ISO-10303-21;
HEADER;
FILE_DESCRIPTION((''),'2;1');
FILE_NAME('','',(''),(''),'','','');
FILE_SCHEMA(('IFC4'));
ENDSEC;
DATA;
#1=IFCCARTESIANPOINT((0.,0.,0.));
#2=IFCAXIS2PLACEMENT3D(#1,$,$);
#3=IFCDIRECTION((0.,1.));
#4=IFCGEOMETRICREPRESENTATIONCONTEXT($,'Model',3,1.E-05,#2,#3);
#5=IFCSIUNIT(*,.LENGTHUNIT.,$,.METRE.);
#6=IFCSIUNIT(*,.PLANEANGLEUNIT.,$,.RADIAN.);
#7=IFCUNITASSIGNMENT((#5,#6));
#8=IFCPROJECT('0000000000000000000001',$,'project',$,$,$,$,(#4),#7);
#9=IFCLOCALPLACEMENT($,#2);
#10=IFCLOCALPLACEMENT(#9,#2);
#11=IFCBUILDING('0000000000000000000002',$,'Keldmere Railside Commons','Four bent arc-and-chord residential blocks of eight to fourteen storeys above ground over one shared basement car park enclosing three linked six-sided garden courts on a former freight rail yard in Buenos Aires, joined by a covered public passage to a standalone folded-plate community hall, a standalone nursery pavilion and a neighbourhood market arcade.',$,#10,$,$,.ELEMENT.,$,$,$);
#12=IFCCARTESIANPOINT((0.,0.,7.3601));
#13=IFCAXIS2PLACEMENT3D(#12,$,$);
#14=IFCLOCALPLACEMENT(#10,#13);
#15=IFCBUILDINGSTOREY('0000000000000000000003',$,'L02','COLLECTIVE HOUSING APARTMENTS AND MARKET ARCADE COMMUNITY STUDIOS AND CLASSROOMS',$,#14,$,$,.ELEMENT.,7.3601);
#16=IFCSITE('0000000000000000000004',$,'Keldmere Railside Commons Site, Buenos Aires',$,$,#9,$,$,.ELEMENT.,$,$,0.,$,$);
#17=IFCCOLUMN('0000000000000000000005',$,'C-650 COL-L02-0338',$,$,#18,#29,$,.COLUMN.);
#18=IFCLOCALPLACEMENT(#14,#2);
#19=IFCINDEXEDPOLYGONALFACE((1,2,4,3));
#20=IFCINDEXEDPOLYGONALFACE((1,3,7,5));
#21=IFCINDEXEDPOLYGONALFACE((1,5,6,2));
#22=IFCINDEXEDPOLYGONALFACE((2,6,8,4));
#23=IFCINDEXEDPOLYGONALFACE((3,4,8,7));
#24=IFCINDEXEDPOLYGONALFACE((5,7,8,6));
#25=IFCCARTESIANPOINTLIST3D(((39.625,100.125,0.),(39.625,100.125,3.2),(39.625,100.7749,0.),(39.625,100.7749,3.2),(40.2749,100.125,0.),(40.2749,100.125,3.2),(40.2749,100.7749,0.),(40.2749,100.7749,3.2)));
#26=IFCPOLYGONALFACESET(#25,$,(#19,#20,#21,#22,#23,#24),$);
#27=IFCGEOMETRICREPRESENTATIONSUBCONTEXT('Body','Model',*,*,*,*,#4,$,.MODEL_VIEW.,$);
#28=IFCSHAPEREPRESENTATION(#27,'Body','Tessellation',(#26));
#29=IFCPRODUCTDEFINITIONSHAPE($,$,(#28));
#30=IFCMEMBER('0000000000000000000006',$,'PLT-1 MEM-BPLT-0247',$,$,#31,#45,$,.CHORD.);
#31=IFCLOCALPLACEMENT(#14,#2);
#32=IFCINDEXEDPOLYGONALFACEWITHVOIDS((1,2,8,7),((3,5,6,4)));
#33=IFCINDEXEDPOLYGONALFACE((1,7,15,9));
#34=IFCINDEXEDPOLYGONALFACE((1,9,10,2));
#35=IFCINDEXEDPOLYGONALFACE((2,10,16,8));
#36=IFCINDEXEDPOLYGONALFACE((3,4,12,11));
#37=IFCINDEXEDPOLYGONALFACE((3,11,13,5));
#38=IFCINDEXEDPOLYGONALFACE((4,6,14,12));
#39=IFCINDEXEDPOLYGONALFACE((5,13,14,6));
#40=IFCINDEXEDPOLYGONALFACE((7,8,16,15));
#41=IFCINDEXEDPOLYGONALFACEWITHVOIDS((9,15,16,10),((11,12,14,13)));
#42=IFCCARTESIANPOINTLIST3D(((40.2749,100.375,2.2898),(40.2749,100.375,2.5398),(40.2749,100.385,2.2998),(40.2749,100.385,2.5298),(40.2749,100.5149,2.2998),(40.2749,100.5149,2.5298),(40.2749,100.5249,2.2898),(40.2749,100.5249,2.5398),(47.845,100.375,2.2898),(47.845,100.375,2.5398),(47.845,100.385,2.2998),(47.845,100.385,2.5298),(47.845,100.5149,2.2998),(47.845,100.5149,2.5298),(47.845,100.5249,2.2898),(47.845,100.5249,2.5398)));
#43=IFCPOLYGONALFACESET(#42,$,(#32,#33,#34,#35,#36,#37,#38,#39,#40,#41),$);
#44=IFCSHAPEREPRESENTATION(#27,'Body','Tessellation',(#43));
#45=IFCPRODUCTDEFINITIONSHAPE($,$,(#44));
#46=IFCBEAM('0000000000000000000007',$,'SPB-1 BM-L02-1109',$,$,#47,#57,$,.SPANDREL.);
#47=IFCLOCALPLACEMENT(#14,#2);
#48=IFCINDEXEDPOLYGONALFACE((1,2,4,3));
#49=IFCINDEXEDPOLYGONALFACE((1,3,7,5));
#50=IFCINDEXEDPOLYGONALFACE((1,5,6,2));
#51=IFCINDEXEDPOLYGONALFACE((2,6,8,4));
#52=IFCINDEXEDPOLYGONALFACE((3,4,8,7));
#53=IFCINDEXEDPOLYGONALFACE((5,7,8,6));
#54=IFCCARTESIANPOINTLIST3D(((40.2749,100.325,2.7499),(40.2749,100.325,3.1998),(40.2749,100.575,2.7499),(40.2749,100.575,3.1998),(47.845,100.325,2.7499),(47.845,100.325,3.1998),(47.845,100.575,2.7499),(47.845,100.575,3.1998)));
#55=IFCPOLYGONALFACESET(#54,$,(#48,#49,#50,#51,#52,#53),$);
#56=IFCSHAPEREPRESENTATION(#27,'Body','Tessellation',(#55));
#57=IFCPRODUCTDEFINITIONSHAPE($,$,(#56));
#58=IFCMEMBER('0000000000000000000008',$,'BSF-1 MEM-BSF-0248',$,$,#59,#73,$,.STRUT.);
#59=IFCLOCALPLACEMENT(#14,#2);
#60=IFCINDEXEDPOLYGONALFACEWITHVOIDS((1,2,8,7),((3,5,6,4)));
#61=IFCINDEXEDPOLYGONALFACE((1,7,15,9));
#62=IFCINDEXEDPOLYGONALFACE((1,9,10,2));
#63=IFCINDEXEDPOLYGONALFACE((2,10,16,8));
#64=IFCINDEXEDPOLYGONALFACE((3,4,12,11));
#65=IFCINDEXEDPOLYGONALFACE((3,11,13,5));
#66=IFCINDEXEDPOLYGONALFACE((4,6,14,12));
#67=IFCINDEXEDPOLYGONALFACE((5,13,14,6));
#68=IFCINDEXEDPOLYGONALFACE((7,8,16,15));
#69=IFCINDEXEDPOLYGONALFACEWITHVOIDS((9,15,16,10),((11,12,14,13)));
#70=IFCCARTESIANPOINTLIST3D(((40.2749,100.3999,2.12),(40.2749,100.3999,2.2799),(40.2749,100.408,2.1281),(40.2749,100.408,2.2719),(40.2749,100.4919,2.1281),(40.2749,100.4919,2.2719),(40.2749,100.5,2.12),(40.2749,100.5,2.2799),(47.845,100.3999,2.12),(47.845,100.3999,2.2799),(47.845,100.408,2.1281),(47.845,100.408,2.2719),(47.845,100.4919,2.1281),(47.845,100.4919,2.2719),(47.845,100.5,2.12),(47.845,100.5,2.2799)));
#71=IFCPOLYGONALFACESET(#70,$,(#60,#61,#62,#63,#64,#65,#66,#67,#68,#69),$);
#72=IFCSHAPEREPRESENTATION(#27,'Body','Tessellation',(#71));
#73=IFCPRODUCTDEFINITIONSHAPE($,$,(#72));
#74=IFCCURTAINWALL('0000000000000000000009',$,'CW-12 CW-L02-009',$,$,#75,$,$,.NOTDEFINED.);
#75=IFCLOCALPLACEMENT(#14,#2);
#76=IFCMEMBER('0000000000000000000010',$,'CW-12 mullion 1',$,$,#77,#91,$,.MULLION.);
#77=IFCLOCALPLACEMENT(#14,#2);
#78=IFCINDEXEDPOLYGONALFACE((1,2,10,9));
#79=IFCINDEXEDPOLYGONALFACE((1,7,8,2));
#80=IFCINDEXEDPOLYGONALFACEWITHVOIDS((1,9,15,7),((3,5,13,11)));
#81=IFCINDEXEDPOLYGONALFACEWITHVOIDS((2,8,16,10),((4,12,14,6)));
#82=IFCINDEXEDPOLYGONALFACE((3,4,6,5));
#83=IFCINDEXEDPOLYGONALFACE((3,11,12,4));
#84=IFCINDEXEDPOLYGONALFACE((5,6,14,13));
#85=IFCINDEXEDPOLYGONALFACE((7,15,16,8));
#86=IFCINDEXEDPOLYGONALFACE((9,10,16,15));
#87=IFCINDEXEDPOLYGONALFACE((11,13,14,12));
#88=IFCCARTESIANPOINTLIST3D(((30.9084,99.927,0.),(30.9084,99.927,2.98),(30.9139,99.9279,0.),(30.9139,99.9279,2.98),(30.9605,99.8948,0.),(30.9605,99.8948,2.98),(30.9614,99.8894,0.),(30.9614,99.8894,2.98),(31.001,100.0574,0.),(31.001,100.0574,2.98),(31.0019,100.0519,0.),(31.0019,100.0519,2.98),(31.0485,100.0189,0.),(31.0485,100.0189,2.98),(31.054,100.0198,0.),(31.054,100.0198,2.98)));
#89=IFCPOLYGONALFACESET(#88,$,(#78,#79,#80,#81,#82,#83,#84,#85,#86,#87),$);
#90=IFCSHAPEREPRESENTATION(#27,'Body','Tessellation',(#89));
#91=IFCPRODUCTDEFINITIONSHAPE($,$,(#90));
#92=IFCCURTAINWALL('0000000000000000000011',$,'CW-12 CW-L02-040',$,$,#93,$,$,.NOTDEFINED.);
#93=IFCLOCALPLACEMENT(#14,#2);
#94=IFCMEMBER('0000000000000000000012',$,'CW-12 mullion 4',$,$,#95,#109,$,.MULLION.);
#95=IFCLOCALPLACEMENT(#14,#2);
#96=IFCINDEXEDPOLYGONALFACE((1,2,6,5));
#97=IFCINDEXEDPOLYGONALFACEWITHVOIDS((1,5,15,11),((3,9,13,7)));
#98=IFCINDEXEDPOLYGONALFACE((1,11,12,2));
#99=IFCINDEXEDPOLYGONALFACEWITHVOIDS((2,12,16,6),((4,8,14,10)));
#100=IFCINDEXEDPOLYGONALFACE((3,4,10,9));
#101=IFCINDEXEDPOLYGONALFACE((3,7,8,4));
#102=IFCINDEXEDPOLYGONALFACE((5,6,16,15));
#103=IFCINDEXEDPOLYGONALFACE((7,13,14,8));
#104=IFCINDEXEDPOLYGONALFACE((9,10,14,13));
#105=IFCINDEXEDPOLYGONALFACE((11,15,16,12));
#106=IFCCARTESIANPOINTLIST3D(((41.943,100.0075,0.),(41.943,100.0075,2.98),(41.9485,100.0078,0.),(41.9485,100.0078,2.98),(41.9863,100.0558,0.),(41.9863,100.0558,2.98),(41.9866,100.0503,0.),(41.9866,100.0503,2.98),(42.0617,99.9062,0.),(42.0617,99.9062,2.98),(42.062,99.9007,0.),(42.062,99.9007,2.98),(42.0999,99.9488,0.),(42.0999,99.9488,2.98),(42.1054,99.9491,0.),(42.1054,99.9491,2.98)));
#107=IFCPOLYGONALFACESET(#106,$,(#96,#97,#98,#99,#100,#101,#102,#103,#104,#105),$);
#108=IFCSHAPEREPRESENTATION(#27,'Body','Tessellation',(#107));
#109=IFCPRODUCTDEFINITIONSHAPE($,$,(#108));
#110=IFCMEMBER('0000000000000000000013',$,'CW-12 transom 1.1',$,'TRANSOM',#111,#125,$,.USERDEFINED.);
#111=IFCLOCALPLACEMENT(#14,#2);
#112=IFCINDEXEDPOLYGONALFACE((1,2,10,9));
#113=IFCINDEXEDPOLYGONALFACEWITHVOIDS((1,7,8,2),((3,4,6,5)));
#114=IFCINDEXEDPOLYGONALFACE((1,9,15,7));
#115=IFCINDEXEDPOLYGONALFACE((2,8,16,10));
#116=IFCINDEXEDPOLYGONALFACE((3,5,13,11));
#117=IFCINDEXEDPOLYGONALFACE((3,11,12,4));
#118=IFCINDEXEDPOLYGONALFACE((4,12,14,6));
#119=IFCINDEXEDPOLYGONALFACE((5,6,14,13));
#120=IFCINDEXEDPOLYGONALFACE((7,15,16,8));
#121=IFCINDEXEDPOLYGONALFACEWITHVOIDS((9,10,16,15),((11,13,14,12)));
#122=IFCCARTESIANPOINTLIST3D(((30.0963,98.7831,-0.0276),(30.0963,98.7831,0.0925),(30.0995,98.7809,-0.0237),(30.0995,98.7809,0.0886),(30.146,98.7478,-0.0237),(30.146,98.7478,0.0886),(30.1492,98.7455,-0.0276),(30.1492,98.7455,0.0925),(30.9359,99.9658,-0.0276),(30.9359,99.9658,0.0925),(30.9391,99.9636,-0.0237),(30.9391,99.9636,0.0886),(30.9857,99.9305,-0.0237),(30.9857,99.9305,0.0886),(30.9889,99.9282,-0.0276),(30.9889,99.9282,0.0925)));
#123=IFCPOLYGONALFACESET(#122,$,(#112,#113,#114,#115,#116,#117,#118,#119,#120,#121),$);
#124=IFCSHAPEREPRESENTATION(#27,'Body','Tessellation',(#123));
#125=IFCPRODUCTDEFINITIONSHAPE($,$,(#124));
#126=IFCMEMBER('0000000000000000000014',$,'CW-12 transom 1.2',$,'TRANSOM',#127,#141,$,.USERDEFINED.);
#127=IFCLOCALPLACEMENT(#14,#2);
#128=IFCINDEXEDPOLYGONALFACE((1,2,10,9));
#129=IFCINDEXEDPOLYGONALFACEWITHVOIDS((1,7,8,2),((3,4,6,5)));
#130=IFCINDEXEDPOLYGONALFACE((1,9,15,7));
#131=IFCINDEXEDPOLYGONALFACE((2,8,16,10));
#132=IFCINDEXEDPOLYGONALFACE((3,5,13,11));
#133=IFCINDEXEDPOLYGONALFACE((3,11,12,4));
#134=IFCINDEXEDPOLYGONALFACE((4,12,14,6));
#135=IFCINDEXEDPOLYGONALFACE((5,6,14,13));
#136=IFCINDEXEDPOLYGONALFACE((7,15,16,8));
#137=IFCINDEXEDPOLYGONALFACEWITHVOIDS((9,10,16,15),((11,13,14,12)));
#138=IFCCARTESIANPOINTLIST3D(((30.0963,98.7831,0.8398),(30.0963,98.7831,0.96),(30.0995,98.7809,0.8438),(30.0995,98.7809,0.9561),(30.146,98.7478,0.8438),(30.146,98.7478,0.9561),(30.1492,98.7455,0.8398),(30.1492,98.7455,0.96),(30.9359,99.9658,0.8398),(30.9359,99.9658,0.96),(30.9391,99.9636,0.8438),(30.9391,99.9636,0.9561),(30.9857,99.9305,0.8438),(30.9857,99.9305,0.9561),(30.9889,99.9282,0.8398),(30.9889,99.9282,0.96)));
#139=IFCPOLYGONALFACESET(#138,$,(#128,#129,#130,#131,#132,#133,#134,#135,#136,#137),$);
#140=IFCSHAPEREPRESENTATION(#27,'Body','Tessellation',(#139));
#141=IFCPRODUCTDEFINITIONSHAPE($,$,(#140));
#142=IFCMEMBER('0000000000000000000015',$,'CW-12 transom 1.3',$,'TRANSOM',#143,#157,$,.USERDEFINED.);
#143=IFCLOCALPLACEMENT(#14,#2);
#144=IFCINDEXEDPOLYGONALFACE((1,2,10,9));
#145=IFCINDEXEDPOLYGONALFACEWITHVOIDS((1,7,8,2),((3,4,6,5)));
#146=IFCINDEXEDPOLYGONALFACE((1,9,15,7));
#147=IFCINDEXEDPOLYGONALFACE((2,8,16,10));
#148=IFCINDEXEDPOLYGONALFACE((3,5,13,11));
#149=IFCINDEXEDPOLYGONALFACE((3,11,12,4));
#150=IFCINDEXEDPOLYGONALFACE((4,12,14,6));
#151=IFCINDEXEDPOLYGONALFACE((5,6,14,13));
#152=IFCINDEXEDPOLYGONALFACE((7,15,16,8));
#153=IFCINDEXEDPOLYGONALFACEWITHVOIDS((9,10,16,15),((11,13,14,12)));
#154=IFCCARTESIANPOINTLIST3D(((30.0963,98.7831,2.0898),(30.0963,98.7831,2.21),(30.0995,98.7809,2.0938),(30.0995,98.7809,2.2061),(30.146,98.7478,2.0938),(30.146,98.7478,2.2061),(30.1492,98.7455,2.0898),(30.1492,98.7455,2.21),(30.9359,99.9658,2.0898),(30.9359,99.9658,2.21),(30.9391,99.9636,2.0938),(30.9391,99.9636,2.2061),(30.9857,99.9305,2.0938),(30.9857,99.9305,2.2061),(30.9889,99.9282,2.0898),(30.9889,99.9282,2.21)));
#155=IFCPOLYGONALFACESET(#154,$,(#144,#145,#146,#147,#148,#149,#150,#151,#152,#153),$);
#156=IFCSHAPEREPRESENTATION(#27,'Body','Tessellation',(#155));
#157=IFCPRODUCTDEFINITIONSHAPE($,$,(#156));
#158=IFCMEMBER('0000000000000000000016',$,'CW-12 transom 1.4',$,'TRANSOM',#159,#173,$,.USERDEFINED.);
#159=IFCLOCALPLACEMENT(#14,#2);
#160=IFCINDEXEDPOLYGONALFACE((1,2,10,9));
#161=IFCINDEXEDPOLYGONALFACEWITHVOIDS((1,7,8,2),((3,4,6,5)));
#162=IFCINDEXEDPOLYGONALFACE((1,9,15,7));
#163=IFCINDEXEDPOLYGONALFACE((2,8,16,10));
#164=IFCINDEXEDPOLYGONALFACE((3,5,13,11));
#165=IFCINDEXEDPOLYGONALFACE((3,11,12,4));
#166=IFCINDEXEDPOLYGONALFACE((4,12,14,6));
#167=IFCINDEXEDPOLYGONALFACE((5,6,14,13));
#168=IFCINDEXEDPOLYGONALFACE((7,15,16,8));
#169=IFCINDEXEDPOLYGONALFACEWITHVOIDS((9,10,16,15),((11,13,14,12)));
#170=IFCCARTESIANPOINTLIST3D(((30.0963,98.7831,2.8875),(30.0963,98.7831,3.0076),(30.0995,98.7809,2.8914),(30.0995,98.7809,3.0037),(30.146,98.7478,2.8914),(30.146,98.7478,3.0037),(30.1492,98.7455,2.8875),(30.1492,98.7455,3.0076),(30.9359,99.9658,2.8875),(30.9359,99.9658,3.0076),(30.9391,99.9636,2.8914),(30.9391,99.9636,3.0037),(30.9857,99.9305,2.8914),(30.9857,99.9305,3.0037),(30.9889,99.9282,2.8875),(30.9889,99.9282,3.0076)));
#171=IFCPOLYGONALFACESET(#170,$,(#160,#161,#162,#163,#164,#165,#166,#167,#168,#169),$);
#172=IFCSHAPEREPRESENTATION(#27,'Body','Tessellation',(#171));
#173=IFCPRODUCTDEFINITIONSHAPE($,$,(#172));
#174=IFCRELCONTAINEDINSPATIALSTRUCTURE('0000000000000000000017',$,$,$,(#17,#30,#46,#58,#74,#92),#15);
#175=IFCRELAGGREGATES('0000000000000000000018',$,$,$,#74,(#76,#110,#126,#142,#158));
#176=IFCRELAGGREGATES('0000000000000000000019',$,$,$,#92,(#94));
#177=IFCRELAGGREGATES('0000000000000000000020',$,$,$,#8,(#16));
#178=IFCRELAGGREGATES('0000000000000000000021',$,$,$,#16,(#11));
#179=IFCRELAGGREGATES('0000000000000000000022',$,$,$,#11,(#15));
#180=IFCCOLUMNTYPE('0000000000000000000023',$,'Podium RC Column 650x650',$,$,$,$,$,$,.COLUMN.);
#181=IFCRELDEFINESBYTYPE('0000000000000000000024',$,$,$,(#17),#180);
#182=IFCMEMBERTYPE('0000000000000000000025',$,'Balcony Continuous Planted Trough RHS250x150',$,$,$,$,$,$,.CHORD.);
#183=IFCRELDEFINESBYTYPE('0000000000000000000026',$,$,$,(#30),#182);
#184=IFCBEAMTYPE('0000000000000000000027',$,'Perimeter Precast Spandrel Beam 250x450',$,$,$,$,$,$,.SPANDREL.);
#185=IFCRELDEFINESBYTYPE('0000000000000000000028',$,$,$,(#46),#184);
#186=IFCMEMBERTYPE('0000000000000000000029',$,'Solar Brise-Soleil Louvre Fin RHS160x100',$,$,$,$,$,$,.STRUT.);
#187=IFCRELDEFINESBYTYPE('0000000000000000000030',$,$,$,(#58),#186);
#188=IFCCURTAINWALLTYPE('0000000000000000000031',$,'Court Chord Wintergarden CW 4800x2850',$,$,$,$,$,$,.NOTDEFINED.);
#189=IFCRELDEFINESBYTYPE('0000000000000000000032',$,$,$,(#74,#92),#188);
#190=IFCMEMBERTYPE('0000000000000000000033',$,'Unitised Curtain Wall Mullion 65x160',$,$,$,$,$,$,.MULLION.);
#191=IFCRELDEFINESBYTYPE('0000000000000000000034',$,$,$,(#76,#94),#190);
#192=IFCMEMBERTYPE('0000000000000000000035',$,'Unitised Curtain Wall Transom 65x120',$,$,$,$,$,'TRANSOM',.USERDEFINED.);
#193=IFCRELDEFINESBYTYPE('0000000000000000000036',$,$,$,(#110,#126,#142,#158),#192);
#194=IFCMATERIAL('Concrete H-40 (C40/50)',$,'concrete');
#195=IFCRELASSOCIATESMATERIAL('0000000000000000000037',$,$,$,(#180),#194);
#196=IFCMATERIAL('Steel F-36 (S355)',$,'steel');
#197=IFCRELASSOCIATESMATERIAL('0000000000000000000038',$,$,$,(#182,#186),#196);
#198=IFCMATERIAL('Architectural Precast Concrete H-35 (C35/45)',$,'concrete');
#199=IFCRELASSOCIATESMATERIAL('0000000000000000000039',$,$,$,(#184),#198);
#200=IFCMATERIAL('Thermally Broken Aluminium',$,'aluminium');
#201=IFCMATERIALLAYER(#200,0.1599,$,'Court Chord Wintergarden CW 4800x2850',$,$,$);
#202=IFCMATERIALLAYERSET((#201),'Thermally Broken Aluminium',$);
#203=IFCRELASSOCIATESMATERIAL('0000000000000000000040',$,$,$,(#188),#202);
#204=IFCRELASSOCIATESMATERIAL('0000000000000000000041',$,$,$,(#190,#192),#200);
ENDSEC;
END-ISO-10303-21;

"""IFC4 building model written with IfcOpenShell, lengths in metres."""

from ifc_helpers import new_model, si_unit, direction, frame, origin, origin_2d, place, context, subcontext, project, spatial, rectangle, hollow_rectangle, extrude, material, layer, layer_set, material_profile, profile_set, type_object, element, aggregate, save


model = new_model("IFC4")

# Units and contexts
model_context = context("Model", 3, precision=1e-05, world=origin(), true_north=direction((0.0, 1.0)))
body_context = subcontext(model_context, "Body", "Model", "MODEL_VIEW")
ifc_project = project(units=[si_unit("LENGTHUNIT", "METRE"), si_unit("PLANEANGLEUNIT", "RADIAN")], contexts=[model_context])

# Site, building, storey
site_placement = place(None, origin())
site = spatial("IfcSite", under=ifc_project, at=site_placement, Name="Keldmere Railside Commons Site, Buenos Aires", CompositionType="ELEMENT", RefElevation=0.0)
building_placement = place(site_placement, origin())
building = spatial("IfcBuilding", under=site, at=building_placement, Name="Keldmere Railside Commons", Description="Four bent arc-and-chord residential blocks of eight to fourteen storeys above ground over one shared basement car park enclosing three linked six-sided garden courts on a former freight rail yard in Buenos Aires, joined by a covered public passage to a standalone folded-plate community hall, a standalone nursery pavilion and a neighbourhood market arcade.", CompositionType="ELEMENT")
storey_placement = place(building_placement, frame((0.0, 0.0, 7.3601)))
storey = spatial("IfcBuildingStorey", under=building, at=storey_placement, Name="L02", Description="COLLECTIVE HOUSING APARTMENTS AND MARKET ARCADE COMMUNITY STUDIOS AND CLASSROOMS", CompositionType="ELEMENT", Elevation=7.3601)

# Column
ifc_material_1 = material(Name="Concrete H-40 (C40/50)", Category="concrete")
ifc_material_profile_1 = material_profile(ifc_material_1, rectangle(XDim=0.6499, YDim=0.6499, at=origin_2d()), Name="RC-650x650")
ifc_profile_set_1 = profile_set([ifc_material_profile_1], Name="Concrete H-40 (C40/50)")
column_type = type_object("IfcColumnType", Name="Podium RC Column 650x650", PredefinedType="COLUMN", material=ifc_profile_set_1)
column_placement = place(storey_placement, frame((39.95, 100.45, 0.0), z_axis=(0.0, 0.0, 1.0), x_axis=(1.0, 0.0, 0.0)))
element("IfcColumn", 1, at=column_placement, inside=storey, type_object=column_type, Name="C-650 COL-L02-0338", PredefinedType="COLUMN", context=body_context, shape_type="SweptSolid", body=[
    extrude(rectangle(XDim=0.6499, YDim=0.6499, at=origin_2d()), origin(), (0.0, 0.0, 1.0), 3.2),
])

# Member
ifc_material_2 = material(Name="Steel F-36 (S355)", Category="steel")
ifc_material_profile_2 = material_profile(ifc_material_2, hollow_rectangle(XDim=0.1499, YDim=0.25, WallThickness=0.01, at=origin_2d()), Name="RHS-250x150x10")
ifc_profile_set_2 = profile_set([ifc_material_profile_2], Name="Steel F-36 (S355)")
member_type_1 = type_object("IfcMemberType", Name="Balcony Continuous Planted Trough RHS250x150", PredefinedType="CHORD", material=ifc_profile_set_2)
member_1_placement = place(storey_placement, frame((40.2749, 100.45, 2.4148), z_axis=(1.0, 0.0, 0.0), x_axis=(0.0, 1.0, 0.0)))
element("IfcMember", 2, at=member_1_placement, inside=storey, type_object=member_type_1, Name="PLT-1 MEM-BPLT-0247", PredefinedType="CHORD", context=body_context, shape_type="SweptSolid", body=[
    extrude(hollow_rectangle(XDim=0.1499, YDim=0.25, WallThickness=0.01, at=origin_2d()), origin(), (0.0, 0.0, 1.0), 7.5701),
])

# Beam
ifc_material_3 = material(Name="Architectural Precast Concrete H-35 (C35/45)", Category="concrete")
ifc_material_profile_3 = material_profile(ifc_material_3, rectangle(XDim=0.25, YDim=0.45, at=origin_2d()), Name="RC-250x450")
ifc_profile_set_3 = profile_set([ifc_material_profile_3], Name="Architectural Precast Concrete H-35 (C35/45)")
beam_type = type_object("IfcBeamType", Name="Perimeter Precast Spandrel Beam 250x450", PredefinedType="SPANDREL", material=ifc_profile_set_3)
beam_placement = place(storey_placement, frame((40.2749, 100.45, 2.9749), z_axis=(1.0, 0.0, 0.0), x_axis=(0.0, 1.0, 0.0)))
element("IfcBeam", 3, at=beam_placement, inside=storey, type_object=beam_type, Name="SPB-1 BM-L02-1109", PredefinedType="SPANDREL", context=body_context, shape_type="SweptSolid", body=[
    extrude(rectangle(XDim=0.25, YDim=0.45, at=origin_2d()), origin(), (0.0, 0.0, 1.0), 7.5701),
])

# Member
ifc_material_profile_4 = material_profile(ifc_material_2, hollow_rectangle(XDim=0.1001, YDim=0.1599, WallThickness=0.0081, at=origin_2d()), Name="RHS-160x100x8")
ifc_profile_set_4 = profile_set([ifc_material_profile_4], Name="Steel F-36 (S355)")
member_type_2 = type_object("IfcMemberType", Name="Solar Brise-Soleil Louvre Fin RHS160x100", PredefinedType="STRUT", material=ifc_profile_set_4)
member_2_placement = place(storey_placement, frame((40.2749, 100.45, 2.2), z_axis=(1.0, 0.0, 0.0), x_axis=(0.0, 1.0, 0.0)))
element("IfcMember", 4, at=member_2_placement, inside=storey, type_object=member_type_2, Name="BSF-1 MEM-BSF-0248", PredefinedType="STRUT", context=body_context, shape_type="SweptSolid", body=[
    extrude(hollow_rectangle(XDim=0.1001, YDim=0.1599, WallThickness=0.0081, at=origin_2d()), origin(), (0.0, 0.0, 1.0), 7.5701),
])

# Curtain walls, members
ifc_material_4 = material(Name="Thermally Broken Aluminium", Category="aluminium")
ifc_layer_1 = layer(ifc_material_4, 0.1599, Name="Court Chord Wintergarden CW 4800x2850")
ifc_layer_set_1 = layer_set([ifc_layer_1], Name="Thermally Broken Aluminium")
curtain_wall_type = type_object("IfcCurtainWallType", Name="Court Chord Wintergarden CW 4800x2850", PredefinedType="NOTDEFINED", material=ifc_layer_set_1)
curtain_wall_1_placement = place(storey_placement, origin())
curtain_wall_1 = element("IfcCurtainWall", 5, at=curtain_wall_1_placement, inside=storey, type_object=curtain_wall_type, Name="CW-12 CW-L02-009", PredefinedType="NOTDEFINED")
ifc_material_profile_5 = material_profile(ifc_material_4, hollow_rectangle(XDim=0.0649, YDim=0.1599, WallThickness=0.0039, at=origin_2d()), Name="ALU-MULL-65x160")
ifc_profile_set_5 = profile_set([ifc_material_profile_5], Name="Thermally Broken Aluminium")
member_type_3 = type_object("IfcMemberType", Name="Unitised Curtain Wall Mullion 65x160", PredefinedType="MULLION", material=ifc_profile_set_5)
member_3_placement = place(storey_placement, frame((30.9812, 99.9734, 0.0), z_axis=(0.0, 0.0, 1.0), x_axis=(0.815389, -0.578913, 0.0)))
member_3 = element("IfcMember", 6, at=member_3_placement, type_object=member_type_3, Name="CW-12 mullion 1", PredefinedType="MULLION", context=body_context, shape_type="SweptSolid", body=[
    extrude(hollow_rectangle(XDim=0.0649, YDim=0.1599, WallThickness=0.0039, at=origin_2d()), origin(), (0.0, 0.0, 1.0), 2.98),
])
curtain_wall_2_placement = place(storey_placement, origin())
curtain_wall_2 = element("IfcCurtainWall", 7, at=curtain_wall_2_placement, inside=storey, type_object=curtain_wall_type, Name="CW-12 CW-L02-040", PredefinedType="NOTDEFINED")
member_4_placement = place(storey_placement, frame((42.0242, 99.9783, 0.0), z_axis=(0.0, 0.0, 1.0), x_axis=(-0.667559, -0.744557, 0.0)))
member_4 = element("IfcMember", 8, at=member_4_placement, type_object=member_type_3, Name="CW-12 mullion 4", PredefinedType="MULLION", context=body_context, shape_type="SweptSolid", body=[
    extrude(hollow_rectangle(XDim=0.0649, YDim=0.1599, WallThickness=0.0039, at=origin_2d()), origin(), (0.0, 0.0, 1.0), 2.98),
])

# Members
ifc_material_profile_6 = material_profile(ifc_material_4, hollow_rectangle(XDim=0.0649, YDim=0.1201, WallThickness=0.0039, at=origin_2d()), Name="ALU-TRAN-65x120")
ifc_profile_set_6 = profile_set([ifc_material_profile_6], Name="Thermally Broken Aluminium")
member_type_4 = type_object("IfcMemberType", Name="Unitised Curtain Wall Transom 65x120", ElementType="TRANSOM", PredefinedType="USERDEFINED", material=ifc_profile_set_6)
member_5_placement = place(storey_placement, frame((30.9624, 99.947, 0.0325), z_axis=(-0.578895, -0.815402, 0.0), x_axis=(0.815402, -0.578895, 0.0)))
member_5 = element("IfcMember", 9, at=member_5_placement, type_object=member_type_4, Name="CW-12 transom 1.1", ObjectType="TRANSOM", PredefinedType="USERDEFINED", context=body_context, shape_type="SweptSolid", body=[
    extrude(hollow_rectangle(XDim=0.0649, YDim=0.1201, WallThickness=0.0039, at=origin_2d()), origin(), (0.0, 0.0, 1.0), 1.4504),
])
member_6_placement = place(storey_placement, frame((30.9624, 99.947, 0.8999), z_axis=(-0.578895, -0.815402, 0.0), x_axis=(0.815402, -0.578895, 0.0)))
member_6 = element("IfcMember", 10, at=member_6_placement, type_object=member_type_4, Name="CW-12 transom 1.2", ObjectType="TRANSOM", PredefinedType="USERDEFINED", context=body_context, shape_type="SweptSolid", body=[
    extrude(hollow_rectangle(XDim=0.0649, YDim=0.1201, WallThickness=0.0039, at=origin_2d()), origin(), (0.0, 0.0, 1.0), 1.4504),
])
member_7_placement = place(storey_placement, frame((30.9624, 99.947, 2.1499), z_axis=(-0.578895, -0.815402, 0.0), x_axis=(0.815402, -0.578895, 0.0)))
member_7 = element("IfcMember", 11, at=member_7_placement, type_object=member_type_4, Name="CW-12 transom 1.3", ObjectType="TRANSOM", PredefinedType="USERDEFINED", context=body_context, shape_type="SweptSolid", body=[
    extrude(hollow_rectangle(XDim=0.0649, YDim=0.1201, WallThickness=0.0039, at=origin_2d()), origin(), (0.0, 0.0, 1.0), 1.4504),
])
member_8_placement = place(storey_placement, frame((30.9624, 99.947, 2.9475), z_axis=(-0.578895, -0.815402, 0.0), x_axis=(0.815402, -0.578895, 0.0)))
member_8 = element("IfcMember", 12, at=member_8_placement, type_object=member_type_4, Name="CW-12 transom 1.4", ObjectType="TRANSOM", PredefinedType="USERDEFINED", context=body_context, shape_type="SweptSolid", body=[
    extrude(hollow_rectangle(XDim=0.0649, YDim=0.1201, WallThickness=0.0039, at=origin_2d()), origin(), (0.0, 0.0, 1.0), 1.4504),
])
aggregate(curtain_wall_1, [member_3, member_5, member_6, member_7, member_8])

aggregate(curtain_wall_2, [member_4])

save(model, "model.ifc")
